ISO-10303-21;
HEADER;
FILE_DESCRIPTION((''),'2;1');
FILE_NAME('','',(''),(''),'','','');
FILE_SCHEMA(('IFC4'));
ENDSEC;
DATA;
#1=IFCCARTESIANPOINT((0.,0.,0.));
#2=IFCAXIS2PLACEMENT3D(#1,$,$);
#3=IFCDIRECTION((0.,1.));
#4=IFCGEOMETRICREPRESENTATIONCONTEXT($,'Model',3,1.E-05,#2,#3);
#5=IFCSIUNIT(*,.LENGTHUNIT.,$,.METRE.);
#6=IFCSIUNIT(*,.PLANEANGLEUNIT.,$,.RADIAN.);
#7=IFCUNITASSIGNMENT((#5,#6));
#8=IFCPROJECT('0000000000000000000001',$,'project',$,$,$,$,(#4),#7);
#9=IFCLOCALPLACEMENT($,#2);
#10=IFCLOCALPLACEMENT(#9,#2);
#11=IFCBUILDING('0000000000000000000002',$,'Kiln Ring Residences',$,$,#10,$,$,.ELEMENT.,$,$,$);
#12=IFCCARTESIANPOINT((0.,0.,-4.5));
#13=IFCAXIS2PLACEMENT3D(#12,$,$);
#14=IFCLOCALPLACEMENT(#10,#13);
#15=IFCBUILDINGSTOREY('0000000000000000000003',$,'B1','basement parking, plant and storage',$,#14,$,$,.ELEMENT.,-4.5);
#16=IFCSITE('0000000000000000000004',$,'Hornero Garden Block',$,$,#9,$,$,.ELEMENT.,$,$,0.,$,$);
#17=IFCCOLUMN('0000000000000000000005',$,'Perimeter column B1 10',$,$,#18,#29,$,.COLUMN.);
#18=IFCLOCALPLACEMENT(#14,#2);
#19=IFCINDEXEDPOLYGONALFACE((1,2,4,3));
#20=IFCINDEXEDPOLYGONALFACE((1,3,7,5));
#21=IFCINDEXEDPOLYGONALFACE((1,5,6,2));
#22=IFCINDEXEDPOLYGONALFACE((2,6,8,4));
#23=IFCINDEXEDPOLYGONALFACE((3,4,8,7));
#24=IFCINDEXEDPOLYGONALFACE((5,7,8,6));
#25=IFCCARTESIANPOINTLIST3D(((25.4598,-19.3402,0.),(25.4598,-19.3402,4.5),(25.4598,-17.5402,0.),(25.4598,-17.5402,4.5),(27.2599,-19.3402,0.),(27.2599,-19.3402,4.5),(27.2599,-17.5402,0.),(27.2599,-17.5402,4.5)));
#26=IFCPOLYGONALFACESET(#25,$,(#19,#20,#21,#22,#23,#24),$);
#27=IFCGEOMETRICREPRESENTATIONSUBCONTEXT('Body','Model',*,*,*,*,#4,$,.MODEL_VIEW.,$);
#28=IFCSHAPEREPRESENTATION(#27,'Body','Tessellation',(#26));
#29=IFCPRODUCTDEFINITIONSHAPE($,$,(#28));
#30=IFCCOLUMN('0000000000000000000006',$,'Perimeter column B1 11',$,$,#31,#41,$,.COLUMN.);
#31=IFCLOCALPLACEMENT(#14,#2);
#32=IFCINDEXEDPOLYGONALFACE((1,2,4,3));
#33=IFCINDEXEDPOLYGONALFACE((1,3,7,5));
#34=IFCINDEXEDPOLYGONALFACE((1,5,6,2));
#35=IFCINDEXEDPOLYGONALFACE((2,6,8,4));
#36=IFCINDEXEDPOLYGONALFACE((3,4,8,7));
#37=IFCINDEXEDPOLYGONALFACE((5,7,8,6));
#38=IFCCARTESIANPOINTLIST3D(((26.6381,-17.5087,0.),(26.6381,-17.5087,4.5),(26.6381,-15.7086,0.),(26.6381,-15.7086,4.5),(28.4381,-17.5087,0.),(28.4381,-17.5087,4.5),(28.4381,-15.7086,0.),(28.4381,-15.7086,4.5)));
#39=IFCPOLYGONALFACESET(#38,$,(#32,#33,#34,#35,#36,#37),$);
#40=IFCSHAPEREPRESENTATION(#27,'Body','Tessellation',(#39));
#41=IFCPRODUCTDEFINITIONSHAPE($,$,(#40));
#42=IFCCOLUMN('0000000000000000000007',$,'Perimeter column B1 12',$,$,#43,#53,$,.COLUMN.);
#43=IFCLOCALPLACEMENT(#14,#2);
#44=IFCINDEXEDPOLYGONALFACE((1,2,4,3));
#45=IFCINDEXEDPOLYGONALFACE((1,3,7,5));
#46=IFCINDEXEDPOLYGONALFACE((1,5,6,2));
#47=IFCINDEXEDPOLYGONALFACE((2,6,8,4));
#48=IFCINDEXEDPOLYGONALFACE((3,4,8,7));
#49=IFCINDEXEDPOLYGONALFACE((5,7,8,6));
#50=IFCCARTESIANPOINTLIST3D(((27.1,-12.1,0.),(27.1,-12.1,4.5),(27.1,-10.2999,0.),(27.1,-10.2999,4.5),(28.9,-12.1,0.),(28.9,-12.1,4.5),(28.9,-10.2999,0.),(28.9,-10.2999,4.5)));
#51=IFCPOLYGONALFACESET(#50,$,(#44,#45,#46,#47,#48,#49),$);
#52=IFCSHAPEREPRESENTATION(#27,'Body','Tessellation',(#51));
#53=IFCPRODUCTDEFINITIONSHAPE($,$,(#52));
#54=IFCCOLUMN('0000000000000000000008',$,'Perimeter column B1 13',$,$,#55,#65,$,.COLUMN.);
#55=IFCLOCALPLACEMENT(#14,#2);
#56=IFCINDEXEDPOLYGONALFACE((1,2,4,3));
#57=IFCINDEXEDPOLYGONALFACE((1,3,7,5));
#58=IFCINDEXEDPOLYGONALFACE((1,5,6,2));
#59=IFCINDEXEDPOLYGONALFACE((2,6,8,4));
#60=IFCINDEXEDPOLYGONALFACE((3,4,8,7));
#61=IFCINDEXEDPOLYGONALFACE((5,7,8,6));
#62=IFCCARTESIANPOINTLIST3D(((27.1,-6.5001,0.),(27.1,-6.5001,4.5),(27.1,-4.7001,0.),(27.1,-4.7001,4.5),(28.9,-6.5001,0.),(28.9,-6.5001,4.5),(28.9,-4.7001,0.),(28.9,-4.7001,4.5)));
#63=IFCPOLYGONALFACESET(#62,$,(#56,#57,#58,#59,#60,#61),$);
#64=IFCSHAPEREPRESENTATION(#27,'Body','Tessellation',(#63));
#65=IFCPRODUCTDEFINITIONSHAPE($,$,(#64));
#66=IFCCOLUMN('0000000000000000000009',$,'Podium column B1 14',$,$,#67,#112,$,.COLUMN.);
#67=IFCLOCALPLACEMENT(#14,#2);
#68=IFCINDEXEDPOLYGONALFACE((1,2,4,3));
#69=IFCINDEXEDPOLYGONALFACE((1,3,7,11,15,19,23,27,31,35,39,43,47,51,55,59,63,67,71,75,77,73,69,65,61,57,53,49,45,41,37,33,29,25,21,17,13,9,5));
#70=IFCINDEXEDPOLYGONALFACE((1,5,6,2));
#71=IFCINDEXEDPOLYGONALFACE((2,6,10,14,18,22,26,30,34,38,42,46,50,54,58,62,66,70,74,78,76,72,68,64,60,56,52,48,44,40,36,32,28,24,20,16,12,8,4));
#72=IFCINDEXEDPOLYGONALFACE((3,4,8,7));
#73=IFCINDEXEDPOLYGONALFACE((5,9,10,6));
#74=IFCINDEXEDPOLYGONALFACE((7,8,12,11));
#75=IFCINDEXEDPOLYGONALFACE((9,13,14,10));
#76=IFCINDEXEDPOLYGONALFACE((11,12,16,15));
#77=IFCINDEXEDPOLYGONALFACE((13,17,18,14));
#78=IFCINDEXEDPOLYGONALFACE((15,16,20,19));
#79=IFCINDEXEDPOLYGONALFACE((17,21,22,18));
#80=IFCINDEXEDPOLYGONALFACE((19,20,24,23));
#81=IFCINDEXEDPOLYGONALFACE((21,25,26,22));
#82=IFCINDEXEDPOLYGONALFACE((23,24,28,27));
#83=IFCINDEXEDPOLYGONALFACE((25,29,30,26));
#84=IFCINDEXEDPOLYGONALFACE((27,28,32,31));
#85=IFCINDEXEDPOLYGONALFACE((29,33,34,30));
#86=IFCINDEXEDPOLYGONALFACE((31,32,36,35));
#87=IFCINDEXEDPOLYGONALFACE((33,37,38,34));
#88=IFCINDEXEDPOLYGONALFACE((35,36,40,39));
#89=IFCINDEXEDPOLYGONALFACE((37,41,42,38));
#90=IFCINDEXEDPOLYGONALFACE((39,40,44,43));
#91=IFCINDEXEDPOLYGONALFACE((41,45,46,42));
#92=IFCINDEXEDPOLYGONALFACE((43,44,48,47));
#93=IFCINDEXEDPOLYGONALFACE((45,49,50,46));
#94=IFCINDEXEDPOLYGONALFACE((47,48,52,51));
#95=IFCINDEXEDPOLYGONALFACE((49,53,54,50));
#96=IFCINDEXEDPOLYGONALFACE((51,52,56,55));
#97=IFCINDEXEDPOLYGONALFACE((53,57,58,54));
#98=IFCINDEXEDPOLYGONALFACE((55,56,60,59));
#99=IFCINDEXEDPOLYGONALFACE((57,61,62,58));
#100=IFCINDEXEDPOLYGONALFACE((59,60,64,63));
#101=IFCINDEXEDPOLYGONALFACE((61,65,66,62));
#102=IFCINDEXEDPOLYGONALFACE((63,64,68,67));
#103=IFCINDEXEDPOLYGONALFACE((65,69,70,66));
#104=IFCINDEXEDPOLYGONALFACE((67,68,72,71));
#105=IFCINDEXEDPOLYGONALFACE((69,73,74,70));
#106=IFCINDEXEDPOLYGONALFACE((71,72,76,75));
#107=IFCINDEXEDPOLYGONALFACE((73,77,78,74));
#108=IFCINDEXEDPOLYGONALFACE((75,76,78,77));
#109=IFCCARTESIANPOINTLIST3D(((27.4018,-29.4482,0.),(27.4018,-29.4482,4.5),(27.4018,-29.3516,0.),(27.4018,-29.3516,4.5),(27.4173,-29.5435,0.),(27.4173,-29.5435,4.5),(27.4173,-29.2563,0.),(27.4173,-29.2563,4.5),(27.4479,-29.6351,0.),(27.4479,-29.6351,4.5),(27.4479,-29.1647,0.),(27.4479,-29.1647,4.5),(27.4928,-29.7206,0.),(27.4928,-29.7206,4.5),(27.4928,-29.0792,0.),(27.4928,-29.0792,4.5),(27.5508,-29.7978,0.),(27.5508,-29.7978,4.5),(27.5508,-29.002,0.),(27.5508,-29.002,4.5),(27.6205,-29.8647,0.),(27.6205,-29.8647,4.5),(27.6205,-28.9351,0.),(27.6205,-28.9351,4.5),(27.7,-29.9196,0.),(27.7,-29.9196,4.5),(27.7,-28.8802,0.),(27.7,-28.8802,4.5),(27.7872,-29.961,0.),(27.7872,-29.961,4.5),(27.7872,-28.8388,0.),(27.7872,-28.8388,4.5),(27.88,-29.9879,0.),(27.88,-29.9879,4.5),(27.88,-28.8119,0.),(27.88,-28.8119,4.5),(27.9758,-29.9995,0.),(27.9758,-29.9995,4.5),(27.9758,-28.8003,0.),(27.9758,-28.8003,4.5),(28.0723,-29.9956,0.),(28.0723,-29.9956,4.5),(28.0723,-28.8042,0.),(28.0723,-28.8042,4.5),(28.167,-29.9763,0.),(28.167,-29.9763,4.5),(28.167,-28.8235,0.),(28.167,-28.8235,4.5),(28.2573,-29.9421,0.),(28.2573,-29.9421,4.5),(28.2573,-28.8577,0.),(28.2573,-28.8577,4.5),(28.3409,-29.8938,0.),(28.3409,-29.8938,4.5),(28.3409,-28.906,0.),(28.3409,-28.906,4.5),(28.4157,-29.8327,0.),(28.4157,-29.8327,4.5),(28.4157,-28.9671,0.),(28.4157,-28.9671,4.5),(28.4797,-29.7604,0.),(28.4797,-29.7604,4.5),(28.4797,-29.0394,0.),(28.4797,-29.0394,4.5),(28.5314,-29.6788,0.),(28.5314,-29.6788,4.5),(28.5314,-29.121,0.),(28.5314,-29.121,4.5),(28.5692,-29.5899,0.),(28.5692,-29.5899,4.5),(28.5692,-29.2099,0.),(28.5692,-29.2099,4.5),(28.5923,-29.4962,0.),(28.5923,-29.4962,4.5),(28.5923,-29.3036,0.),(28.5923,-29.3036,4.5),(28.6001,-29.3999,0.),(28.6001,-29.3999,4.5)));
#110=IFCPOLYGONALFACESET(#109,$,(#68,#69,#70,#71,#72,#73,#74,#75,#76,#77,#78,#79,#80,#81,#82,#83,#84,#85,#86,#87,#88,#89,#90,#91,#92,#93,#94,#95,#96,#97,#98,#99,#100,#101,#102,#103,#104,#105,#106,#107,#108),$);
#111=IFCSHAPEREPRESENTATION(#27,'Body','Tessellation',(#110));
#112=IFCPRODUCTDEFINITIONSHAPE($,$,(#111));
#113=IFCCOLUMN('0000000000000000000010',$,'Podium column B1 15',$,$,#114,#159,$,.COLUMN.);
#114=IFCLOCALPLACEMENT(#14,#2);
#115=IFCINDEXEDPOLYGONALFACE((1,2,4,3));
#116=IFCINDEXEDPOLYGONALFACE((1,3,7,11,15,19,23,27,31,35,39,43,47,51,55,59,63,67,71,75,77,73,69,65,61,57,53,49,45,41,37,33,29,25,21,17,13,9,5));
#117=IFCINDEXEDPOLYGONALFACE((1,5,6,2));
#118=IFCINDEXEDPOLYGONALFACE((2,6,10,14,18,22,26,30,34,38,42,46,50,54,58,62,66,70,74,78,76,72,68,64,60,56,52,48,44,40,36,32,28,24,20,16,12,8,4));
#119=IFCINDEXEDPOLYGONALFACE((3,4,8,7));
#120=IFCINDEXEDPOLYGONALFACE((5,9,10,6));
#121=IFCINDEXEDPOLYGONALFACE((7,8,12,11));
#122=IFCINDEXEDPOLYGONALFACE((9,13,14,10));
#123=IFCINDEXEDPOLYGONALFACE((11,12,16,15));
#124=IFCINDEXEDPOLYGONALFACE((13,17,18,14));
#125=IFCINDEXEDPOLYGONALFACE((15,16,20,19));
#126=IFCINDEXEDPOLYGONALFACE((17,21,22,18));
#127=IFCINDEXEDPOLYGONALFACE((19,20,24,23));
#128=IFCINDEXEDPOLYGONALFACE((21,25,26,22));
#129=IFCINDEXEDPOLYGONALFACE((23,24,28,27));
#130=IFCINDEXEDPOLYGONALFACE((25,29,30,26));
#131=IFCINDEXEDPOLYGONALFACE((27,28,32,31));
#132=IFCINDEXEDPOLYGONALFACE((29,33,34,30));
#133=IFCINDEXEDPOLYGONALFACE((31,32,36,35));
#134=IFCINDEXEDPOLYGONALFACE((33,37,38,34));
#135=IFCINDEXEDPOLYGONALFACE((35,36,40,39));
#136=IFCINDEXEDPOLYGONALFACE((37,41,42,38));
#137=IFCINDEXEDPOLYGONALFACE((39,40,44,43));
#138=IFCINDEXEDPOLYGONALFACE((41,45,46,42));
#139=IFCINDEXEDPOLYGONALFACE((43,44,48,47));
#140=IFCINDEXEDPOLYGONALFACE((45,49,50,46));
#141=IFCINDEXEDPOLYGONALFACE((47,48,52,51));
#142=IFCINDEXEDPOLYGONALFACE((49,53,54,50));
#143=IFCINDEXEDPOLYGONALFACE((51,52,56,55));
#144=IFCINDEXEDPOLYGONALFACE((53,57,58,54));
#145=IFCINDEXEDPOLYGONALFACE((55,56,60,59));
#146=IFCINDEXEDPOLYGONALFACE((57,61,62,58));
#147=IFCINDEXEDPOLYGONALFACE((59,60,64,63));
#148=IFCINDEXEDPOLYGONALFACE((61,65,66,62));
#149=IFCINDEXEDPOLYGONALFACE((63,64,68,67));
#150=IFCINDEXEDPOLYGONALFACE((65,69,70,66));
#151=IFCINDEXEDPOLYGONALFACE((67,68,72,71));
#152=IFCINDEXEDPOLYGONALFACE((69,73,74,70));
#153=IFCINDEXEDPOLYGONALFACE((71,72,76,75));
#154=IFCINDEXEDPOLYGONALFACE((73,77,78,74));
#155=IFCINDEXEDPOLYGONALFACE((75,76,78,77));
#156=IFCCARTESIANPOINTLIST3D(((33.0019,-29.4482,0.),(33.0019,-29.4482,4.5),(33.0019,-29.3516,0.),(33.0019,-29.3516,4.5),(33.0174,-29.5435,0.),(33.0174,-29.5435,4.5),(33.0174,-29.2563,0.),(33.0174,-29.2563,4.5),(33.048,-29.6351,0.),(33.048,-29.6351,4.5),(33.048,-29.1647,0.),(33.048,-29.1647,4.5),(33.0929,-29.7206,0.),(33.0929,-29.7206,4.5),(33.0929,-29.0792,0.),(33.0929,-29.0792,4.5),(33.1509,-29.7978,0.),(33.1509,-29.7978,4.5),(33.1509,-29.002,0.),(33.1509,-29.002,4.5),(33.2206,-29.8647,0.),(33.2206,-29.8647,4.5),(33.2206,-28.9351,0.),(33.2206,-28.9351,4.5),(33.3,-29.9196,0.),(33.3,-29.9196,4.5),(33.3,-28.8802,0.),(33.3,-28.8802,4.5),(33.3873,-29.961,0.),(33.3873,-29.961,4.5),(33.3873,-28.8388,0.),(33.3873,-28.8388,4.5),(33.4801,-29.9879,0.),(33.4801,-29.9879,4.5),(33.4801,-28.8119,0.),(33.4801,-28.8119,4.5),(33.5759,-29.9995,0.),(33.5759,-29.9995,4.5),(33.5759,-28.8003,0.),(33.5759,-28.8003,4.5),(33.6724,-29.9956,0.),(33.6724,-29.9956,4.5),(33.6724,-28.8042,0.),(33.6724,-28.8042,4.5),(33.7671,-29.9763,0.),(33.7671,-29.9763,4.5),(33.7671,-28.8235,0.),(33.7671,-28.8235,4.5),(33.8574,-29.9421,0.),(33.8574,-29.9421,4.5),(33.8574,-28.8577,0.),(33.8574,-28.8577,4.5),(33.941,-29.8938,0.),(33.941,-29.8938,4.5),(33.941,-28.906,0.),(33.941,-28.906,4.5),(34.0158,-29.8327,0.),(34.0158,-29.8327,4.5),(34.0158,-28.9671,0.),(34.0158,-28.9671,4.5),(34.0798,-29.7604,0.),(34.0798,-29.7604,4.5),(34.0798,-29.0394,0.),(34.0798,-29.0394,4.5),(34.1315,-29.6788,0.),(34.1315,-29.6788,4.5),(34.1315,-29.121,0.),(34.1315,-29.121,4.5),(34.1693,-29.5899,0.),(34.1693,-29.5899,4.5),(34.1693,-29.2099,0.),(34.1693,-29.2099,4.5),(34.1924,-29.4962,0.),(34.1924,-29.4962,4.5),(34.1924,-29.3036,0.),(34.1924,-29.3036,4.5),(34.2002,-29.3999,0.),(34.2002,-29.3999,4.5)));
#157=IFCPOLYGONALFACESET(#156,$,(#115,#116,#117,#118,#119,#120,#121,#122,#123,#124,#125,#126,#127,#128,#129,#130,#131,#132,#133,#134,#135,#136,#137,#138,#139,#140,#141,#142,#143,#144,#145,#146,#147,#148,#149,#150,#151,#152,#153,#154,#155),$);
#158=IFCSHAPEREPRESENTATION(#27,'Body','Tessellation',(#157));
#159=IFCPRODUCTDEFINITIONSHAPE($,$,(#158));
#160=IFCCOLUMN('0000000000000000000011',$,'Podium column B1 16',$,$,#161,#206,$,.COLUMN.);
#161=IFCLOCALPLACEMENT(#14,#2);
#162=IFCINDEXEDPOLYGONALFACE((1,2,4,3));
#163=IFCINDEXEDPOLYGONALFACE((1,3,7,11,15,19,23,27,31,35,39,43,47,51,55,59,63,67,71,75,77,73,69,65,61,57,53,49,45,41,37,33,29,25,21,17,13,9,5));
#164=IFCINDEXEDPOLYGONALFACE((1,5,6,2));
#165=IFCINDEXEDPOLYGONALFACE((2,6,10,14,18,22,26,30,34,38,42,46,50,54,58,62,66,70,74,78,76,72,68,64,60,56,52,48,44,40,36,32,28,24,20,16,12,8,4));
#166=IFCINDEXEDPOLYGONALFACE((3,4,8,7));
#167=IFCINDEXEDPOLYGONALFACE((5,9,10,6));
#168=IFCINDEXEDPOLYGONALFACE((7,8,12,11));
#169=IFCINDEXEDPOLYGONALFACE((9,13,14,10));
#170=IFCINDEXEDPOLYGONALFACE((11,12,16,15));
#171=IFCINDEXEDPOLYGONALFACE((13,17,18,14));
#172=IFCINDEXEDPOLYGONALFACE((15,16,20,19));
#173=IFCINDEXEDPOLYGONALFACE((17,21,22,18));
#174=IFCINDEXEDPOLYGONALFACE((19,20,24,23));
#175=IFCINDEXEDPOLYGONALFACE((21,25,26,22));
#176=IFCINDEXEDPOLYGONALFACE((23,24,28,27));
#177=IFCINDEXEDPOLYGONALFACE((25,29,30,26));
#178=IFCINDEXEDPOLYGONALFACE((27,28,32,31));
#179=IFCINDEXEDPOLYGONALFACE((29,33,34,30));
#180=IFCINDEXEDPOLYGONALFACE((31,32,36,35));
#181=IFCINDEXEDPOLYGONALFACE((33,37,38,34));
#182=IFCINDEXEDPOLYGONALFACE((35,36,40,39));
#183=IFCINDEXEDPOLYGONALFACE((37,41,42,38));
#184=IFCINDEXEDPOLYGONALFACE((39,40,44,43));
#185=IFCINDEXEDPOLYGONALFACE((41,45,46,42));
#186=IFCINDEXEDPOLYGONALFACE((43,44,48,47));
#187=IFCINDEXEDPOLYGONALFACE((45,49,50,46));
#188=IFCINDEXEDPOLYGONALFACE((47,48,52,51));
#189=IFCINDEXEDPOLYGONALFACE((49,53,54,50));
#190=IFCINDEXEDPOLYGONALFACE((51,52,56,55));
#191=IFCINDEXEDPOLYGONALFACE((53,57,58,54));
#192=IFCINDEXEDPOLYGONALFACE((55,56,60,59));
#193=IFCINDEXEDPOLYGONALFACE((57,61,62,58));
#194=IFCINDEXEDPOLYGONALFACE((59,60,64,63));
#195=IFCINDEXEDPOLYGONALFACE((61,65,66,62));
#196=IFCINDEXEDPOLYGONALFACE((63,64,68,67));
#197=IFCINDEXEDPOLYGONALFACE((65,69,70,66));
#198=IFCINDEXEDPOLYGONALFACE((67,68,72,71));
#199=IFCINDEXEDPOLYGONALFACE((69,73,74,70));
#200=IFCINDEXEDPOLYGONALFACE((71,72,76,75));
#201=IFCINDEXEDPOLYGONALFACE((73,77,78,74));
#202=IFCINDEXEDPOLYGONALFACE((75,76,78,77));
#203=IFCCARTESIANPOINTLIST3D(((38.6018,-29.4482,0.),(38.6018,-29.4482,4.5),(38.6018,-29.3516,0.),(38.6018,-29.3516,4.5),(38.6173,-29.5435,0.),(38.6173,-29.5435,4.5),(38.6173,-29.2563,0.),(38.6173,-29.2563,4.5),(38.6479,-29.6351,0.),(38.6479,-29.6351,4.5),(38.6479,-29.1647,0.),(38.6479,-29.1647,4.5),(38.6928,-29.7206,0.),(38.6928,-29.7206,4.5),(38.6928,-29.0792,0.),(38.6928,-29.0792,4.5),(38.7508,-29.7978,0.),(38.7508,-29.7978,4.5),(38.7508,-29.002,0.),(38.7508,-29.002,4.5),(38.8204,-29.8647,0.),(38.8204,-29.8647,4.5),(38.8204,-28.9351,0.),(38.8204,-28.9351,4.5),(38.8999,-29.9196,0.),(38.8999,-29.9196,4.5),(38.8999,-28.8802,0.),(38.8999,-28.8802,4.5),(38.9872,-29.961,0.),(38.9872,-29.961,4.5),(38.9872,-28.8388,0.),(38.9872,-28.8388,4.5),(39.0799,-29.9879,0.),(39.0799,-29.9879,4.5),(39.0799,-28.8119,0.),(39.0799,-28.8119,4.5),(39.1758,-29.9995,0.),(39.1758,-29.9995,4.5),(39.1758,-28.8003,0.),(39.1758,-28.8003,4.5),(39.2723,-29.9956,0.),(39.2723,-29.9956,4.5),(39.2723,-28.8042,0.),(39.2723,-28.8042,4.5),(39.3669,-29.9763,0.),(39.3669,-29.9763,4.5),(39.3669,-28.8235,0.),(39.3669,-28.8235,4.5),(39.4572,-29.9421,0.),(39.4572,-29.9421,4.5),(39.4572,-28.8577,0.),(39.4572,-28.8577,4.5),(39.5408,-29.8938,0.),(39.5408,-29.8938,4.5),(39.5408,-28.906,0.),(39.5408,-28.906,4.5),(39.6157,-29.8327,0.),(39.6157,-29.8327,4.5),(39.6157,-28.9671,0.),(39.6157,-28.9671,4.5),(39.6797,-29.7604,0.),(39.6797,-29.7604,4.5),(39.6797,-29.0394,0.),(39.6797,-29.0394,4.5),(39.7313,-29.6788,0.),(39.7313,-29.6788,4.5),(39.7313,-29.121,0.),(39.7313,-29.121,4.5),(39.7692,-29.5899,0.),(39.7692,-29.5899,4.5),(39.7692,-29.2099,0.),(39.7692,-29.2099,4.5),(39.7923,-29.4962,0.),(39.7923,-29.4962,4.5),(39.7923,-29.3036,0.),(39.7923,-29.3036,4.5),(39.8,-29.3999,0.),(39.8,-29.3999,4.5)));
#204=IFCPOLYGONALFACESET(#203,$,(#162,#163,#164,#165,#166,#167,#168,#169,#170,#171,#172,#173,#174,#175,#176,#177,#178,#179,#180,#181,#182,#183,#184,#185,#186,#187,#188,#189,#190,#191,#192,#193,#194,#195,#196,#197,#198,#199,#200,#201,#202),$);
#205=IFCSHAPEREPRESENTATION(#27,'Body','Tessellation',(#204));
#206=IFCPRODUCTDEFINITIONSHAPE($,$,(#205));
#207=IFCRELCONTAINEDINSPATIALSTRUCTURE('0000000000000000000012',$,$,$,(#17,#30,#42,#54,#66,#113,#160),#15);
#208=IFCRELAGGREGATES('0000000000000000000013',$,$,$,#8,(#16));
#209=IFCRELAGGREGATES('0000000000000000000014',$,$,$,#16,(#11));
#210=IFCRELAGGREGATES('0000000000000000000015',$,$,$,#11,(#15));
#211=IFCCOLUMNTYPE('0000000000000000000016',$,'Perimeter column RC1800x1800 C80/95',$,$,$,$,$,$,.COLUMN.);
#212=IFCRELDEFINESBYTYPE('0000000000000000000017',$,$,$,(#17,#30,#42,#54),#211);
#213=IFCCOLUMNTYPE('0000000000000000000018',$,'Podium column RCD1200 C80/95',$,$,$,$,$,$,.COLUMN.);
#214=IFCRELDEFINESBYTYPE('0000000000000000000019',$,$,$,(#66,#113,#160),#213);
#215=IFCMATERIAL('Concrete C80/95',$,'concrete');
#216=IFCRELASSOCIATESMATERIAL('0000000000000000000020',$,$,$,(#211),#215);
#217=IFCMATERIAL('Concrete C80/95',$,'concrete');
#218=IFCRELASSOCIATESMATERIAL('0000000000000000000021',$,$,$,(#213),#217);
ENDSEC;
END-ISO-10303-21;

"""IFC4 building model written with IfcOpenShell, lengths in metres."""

from ifc_helpers import new_model, si_unit, direction, frame, origin, origin_2d, place, context, subcontext, project, spatial, rectangle, circle, extrude, material, material_profile, profile_set, type_object, element, save


model = new_model("IFC4")

# Units and contexts
model_context = context("Model", 3, precision=1e-05, world=origin(), true_north=direction((0.0, 1.0)))
body_context = subcontext(model_context, "Body", "Model", "MODEL_VIEW")
ifc_project = project(units=[si_unit("LENGTHUNIT", "METRE"), si_unit("PLANEANGLEUNIT", "RADIAN")], contexts=[model_context])

# Site, building, storey
site_placement = place(None, origin())
site = spatial("IfcSite", under=ifc_project, at=site_placement, Name="Hornero Garden Block", CompositionType="ELEMENT", RefElevation=0.0)
building_placement = place(site_placement, origin())
building = spatial("IfcBuilding", under=site, at=building_placement, Name="Kiln Ring Residences", CompositionType="ELEMENT")
storey_placement = place(building_placement, frame((0.0, 0.0, -4.5)))
storey = spatial("IfcBuildingStorey", under=building, at=storey_placement, Name="B1", Description="basement parking, plant and storage", CompositionType="ELEMENT", Elevation=-4.5)

# Columns
ifc_material_1 = material(Name="Concrete C80/95", Category="concrete")
ifc_material_profile_1 = material_profile(ifc_material_1, rectangle(XDim=1.8, YDim=1.8, at=origin_2d()), Name="RC1800x1800")
ifc_profile_set_1 = profile_set([ifc_material_profile_1], Name="Concrete C80/95")
column_type_1 = type_object("IfcColumnType", Name="Perimeter column RC1800x1800 C80/95", PredefinedType="COLUMN", material=ifc_profile_set_1)
for number, where, z_axis, x_axis, name in (
    (1, (26.3599, -18.4402, 0.0), (0.0, 0.0, 1.0), (1.0, 0.0, 0.0), "Perimeter column B1 10"),
    (2, (27.5381, -16.6086, 0.0), (0.0, 0.0, 1.0), (1.0, 0.0, 0.0), "Perimeter column B1 11"),
    (3, (28.0, -11.2, 0.0), (0.0, 0.0, 1.0), (1.0, 0.0, 0.0), "Perimeter column B1 12"),
    (4, (28.0, -5.6001, 0.0), (0.0, 0.0, 1.0), (1.0, 0.0, 0.0), "Perimeter column B1 13"),
):
    element("IfcColumn", number, at=place(storey_placement, frame(where, z_axis=z_axis, x_axis=x_axis)), inside=storey, type_object=column_type_1, Name=name, PredefinedType="COLUMN", context=body_context, shape_type="SweptSolid", body=[
        extrude(rectangle(XDim=1.8, YDim=1.8, at=origin_2d()), origin(), (0.0, 0.0, 1.0), 4.5),
    ])
ifc_material_2 = material(Name="Concrete C80/95", Category="concrete")
ifc_material_profile_2 = material_profile(ifc_material_2, circle(Radius=0.6001, at=origin_2d()), Name="RCD1200")
ifc_profile_set_2 = profile_set([ifc_material_profile_2], Name="Concrete C80/95")
column_type_2 = type_object("IfcColumnType", Name="Podium column RCD1200 C80/95", PredefinedType="COLUMN", material=ifc_profile_set_2)
for number, where, z_axis, x_axis, name in (
    (5, (28.0, -29.3999, 0.0), (0.0, 0.0, 1.0), (1.0, 0.0, 0.0), "Podium column B1 14"),
    (6, (33.6001, -29.3999, 0.0), (0.0, 0.0, 1.0), (1.0, 0.0, 0.0), "Podium column B1 15"),
    (7, (39.2, -29.3999, 0.0), (0.0, 0.0, 1.0), (1.0, 0.0, 0.0), "Podium column B1 16"),
):
    element("IfcColumn", number, at=place(storey_placement, frame(where, z_axis=z_axis, x_axis=x_axis)), inside=storey, type_object=column_type_2, Name=name, PredefinedType="COLUMN", context=body_context, shape_type="SweptSolid", body=[
        extrude(circle(Radius=0.6001, at=origin_2d()), origin(), (0.0, 0.0, 1.0), 4.5),
    ])

save(model, "model.ifc")
